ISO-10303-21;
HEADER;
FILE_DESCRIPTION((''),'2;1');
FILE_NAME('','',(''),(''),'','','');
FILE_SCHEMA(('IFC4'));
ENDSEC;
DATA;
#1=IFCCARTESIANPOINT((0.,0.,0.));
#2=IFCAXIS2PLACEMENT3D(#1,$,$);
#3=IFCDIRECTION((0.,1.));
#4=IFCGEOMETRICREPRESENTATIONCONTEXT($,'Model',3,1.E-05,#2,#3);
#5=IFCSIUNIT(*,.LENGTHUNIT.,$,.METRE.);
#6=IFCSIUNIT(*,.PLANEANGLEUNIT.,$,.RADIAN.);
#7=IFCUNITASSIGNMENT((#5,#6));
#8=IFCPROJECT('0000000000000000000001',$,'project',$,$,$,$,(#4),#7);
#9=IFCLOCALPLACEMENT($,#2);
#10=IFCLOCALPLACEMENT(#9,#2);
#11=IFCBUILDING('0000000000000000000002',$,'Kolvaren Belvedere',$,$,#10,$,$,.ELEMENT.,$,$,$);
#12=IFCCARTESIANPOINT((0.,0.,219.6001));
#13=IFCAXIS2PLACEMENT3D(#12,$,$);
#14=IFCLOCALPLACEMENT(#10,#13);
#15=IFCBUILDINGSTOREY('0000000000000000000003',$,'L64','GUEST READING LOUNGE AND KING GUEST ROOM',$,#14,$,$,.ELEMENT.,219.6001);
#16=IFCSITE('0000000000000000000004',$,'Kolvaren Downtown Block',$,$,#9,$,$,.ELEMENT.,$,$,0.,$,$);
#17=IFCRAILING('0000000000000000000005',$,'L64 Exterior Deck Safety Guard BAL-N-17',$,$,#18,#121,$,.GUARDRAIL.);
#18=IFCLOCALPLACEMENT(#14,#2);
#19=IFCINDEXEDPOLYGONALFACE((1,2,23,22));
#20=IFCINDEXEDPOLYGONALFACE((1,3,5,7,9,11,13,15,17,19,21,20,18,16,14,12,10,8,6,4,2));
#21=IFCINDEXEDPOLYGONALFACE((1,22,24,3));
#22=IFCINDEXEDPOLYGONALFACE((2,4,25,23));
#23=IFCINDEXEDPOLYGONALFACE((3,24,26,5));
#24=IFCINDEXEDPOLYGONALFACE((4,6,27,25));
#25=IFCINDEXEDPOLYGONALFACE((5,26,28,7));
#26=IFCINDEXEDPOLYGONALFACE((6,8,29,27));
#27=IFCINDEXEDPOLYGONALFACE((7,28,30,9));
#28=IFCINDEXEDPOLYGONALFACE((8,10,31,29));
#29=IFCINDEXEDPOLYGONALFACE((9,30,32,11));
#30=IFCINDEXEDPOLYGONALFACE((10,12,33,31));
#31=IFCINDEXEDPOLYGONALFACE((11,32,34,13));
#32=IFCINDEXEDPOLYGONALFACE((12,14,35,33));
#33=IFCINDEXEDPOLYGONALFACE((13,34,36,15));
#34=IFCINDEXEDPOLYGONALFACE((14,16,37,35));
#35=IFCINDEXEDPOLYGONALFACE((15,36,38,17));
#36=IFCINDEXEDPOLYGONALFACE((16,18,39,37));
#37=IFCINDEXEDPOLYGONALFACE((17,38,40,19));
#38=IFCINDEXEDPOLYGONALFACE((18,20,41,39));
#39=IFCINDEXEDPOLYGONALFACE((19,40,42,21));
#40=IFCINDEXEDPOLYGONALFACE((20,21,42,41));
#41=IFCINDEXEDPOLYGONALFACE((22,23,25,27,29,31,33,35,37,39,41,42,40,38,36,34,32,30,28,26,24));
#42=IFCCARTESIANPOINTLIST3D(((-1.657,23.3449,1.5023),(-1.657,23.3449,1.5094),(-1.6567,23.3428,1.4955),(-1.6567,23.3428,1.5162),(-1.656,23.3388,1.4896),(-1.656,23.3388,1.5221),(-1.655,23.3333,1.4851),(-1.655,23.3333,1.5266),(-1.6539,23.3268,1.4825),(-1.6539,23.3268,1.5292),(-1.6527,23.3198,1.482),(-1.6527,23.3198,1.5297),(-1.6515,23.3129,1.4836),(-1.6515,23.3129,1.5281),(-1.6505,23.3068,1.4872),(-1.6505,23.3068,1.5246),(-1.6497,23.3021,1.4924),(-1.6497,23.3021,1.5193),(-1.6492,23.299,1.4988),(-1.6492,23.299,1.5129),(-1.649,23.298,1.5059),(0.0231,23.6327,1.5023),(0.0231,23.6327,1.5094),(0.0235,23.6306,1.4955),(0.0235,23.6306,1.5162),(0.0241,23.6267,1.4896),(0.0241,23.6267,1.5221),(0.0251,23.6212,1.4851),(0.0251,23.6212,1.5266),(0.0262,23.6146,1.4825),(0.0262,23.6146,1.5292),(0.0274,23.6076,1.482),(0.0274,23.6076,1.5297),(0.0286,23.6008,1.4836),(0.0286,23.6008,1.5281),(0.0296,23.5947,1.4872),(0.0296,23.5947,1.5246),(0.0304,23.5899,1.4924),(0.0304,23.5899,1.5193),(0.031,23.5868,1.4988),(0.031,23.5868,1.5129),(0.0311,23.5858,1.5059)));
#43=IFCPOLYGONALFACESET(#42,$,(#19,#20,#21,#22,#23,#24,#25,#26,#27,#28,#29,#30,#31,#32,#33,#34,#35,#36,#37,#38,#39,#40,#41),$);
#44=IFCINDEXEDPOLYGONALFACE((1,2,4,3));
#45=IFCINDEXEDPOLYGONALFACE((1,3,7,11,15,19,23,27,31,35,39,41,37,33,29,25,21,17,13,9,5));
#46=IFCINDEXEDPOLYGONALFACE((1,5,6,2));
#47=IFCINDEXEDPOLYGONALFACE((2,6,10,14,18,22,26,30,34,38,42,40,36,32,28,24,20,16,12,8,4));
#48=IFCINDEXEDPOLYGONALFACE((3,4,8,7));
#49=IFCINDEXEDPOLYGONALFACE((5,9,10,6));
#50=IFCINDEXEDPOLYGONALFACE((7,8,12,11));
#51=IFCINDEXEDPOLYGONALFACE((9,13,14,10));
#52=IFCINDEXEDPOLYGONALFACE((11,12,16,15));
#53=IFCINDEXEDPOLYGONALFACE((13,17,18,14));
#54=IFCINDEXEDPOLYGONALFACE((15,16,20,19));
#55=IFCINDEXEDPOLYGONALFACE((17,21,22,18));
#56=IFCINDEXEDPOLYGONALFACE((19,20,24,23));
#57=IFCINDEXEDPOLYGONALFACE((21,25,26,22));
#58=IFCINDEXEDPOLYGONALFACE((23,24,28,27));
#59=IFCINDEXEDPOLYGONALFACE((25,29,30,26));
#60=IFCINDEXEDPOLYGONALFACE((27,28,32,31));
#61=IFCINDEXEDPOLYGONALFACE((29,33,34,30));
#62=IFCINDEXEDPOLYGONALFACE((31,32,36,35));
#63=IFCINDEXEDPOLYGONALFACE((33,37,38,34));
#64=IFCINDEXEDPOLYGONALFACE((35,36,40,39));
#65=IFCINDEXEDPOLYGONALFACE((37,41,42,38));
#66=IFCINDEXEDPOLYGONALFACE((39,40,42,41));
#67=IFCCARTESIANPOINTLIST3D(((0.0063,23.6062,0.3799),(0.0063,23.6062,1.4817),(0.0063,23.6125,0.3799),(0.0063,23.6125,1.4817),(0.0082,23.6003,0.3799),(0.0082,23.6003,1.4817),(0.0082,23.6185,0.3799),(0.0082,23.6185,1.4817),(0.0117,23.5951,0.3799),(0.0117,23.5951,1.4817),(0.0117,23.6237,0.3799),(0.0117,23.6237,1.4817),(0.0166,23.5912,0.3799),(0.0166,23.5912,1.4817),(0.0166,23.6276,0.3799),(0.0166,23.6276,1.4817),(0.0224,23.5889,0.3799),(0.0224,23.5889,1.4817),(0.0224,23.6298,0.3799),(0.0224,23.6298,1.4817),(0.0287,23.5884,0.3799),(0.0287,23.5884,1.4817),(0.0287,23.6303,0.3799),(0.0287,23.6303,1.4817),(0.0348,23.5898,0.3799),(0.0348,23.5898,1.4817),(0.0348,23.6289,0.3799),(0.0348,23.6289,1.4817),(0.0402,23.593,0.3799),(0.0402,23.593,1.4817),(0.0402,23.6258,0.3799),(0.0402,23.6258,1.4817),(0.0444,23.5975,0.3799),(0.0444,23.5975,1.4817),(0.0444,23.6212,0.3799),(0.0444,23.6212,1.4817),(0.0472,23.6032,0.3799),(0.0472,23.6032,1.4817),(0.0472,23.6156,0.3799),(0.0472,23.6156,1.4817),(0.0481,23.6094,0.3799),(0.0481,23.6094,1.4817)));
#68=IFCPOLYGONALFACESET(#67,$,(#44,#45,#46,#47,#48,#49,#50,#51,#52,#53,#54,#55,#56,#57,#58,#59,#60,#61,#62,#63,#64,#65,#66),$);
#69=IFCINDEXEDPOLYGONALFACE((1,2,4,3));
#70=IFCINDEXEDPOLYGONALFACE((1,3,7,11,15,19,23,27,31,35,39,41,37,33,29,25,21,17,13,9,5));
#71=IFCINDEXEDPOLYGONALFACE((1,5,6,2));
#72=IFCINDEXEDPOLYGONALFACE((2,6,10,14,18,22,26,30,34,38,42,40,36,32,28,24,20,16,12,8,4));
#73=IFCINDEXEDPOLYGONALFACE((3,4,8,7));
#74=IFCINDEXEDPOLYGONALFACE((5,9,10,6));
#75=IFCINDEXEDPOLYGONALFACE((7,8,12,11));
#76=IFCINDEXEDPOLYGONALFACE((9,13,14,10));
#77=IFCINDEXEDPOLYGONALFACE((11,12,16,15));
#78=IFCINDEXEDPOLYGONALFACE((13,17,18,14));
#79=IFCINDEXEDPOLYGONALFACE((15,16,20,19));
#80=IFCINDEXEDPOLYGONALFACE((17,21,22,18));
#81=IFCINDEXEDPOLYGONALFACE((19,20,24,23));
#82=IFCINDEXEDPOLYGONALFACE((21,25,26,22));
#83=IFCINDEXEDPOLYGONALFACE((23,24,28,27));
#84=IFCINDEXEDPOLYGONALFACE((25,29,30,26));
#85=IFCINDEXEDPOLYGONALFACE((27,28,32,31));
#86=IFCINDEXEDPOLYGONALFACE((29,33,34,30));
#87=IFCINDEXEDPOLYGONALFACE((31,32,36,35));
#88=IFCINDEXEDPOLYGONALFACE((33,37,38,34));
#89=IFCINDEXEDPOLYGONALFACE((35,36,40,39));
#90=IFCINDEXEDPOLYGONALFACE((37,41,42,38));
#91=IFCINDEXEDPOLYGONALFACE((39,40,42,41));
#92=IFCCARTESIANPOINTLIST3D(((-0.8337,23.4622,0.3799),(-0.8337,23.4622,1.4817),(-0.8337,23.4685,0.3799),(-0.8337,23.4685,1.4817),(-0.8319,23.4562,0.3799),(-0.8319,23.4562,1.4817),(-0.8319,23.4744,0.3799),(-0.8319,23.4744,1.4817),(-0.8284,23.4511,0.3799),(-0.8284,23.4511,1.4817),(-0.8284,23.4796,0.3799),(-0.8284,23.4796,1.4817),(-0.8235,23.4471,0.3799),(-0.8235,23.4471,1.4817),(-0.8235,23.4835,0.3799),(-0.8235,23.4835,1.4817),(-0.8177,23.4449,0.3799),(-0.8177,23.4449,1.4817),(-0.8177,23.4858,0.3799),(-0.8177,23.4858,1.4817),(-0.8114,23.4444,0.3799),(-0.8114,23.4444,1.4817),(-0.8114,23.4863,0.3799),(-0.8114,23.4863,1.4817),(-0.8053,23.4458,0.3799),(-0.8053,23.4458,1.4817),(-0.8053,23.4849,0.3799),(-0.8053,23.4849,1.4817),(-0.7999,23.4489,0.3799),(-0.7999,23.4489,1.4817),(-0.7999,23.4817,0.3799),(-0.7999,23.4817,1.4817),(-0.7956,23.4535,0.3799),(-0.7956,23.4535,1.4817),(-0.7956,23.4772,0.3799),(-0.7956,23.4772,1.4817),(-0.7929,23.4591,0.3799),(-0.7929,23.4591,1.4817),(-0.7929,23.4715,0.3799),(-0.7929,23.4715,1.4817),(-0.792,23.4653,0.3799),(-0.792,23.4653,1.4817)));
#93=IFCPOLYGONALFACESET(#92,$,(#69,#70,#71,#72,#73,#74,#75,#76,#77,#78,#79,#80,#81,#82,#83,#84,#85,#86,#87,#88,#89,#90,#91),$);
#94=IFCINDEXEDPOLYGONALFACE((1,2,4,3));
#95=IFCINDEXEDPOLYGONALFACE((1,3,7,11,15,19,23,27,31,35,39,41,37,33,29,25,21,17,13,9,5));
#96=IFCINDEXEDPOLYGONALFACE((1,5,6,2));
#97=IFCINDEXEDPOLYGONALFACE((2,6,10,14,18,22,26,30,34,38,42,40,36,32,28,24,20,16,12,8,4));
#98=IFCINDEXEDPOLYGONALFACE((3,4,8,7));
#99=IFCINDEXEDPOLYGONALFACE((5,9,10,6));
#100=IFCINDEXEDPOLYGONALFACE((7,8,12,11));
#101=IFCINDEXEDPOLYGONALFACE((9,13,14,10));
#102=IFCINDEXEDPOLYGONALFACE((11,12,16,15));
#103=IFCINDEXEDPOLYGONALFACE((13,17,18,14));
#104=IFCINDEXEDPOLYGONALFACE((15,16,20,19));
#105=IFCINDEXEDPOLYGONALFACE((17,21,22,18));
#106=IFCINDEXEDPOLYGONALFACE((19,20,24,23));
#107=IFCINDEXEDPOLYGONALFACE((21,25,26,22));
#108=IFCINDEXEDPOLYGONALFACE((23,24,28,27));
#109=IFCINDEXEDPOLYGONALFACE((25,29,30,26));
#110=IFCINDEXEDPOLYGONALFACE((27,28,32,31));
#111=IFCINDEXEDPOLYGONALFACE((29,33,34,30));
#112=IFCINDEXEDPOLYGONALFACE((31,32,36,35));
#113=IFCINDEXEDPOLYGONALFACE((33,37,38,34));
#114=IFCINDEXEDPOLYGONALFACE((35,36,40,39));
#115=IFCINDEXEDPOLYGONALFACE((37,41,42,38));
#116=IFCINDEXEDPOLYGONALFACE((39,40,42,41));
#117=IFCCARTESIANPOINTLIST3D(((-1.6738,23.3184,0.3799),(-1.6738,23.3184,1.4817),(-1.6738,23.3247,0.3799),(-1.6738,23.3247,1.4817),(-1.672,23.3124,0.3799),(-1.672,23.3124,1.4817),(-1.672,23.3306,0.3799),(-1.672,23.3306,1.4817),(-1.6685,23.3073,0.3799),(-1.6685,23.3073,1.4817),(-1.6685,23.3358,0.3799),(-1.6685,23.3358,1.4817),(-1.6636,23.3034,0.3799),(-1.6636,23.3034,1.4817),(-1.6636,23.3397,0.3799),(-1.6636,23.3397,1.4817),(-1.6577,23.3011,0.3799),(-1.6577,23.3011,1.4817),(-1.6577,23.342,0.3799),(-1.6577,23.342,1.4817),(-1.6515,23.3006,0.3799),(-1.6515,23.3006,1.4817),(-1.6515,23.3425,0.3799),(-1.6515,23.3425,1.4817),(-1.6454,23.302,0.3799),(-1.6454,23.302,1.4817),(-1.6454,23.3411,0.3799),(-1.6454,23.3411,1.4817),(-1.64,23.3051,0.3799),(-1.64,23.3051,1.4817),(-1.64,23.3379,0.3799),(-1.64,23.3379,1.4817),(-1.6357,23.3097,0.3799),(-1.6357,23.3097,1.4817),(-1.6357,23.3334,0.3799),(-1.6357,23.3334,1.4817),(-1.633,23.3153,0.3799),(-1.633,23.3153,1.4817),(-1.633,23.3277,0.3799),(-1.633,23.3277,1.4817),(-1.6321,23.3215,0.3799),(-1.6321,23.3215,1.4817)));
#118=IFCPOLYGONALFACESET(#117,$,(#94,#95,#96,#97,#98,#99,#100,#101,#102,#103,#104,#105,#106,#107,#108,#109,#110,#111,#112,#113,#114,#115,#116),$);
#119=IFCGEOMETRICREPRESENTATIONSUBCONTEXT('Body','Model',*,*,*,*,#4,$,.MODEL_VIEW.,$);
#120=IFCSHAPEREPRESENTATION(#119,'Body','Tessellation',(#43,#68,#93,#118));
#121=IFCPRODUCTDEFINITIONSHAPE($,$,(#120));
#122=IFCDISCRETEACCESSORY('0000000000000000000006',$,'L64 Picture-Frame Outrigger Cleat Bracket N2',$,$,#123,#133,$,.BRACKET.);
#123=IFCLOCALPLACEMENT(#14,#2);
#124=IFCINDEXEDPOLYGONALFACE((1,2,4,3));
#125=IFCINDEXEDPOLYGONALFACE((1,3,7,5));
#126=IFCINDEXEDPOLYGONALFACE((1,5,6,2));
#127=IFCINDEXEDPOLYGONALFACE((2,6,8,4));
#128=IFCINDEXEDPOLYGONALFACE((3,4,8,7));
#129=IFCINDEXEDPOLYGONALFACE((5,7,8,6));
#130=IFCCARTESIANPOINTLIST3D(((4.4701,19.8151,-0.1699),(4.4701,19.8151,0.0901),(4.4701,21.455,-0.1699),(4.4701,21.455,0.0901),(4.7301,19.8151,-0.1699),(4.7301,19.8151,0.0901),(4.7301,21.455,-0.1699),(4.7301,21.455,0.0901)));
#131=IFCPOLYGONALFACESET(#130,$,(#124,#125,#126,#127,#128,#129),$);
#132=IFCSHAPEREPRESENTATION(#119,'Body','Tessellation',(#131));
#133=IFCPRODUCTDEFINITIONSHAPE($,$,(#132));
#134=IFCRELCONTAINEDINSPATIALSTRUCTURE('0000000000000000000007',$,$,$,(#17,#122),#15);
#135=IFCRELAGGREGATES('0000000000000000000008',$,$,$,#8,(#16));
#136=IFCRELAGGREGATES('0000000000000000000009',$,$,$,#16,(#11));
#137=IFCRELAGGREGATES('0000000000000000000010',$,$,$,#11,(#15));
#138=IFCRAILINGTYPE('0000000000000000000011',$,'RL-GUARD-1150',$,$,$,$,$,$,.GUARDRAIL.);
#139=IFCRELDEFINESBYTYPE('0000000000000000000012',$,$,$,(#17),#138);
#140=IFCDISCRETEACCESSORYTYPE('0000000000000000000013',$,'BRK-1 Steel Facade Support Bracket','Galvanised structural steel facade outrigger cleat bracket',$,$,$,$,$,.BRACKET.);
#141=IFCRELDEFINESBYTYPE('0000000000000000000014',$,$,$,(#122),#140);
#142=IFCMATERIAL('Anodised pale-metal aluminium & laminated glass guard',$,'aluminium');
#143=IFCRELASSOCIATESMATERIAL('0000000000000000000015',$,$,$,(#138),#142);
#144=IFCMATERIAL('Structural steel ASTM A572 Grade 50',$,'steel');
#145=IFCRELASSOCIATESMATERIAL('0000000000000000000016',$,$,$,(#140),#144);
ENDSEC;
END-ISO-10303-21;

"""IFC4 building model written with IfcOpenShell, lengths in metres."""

from ifc_helpers import new_model, si_unit, direction, frame, origin, origin_2d, place, context, subcontext, project, spatial, rectangle, circle, extrude, material, type_object, element, save


model = new_model("IFC4")

# Units and contexts
model_context = context("Model", 3, precision=1e-05, world=origin(), true_north=direction((0.0, 1.0)))
body_context = subcontext(model_context, "Body", "Model", "MODEL_VIEW")
ifc_project = project(units=[si_unit("LENGTHUNIT", "METRE"), si_unit("PLANEANGLEUNIT", "RADIAN")], contexts=[model_context])

# Site, building, storey
site_placement = place(None, origin())
site = spatial("IfcSite", under=ifc_project, at=site_placement, Name="Kolvaren Downtown Block", CompositionType="ELEMENT", RefElevation=0.0)
building_placement = place(site_placement, origin())
building = spatial("IfcBuilding", under=site, at=building_placement, Name="Kolvaren Belvedere", CompositionType="ELEMENT")
storey_placement = place(building_placement, frame((0.0, 0.0, 219.6001)))
storey = spatial("IfcBuildingStorey", under=building, at=storey_placement, Name="L64", Description="GUEST READING LOUNGE AND KING GUEST ROOM", CompositionType="ELEMENT", Elevation=219.6001)

# Railing
ifc_material_1 = material(Name="Anodised pale-metal aluminium & laminated glass guard", Category="aluminium")
railing_type = type_object("IfcRailingType", Name="RL-GUARD-1150", PredefinedType="GUARDRAIL", material=ifc_material_1)
railing_1_placement = place(storey_placement, frame((0.0271, 23.6094, 0.3799)))
element("IfcRailing", 1, at=railing_1_placement, inside=storey, type_object=railing_type, Name="L64 Exterior Deck Safety Guard BAL-N-17", PredefinedType="GUARDRAIL", context=body_context, shape_type="SweptSolid", body=[
    extrude(circle(Radius=0.0239, at=origin_2d()), frame((0.0, 0.0, 1.126), z_axis=(-0.985641, -0.168856, 0.0), x_axis=(0.168856, -0.985641, 0.0)), (0.0, 0.0, 1.0), 1.7046),
    extrude(circle(Radius=0.021, at=origin_2d()), origin(), (0.0, 0.0, 1.0), 1.1018),
    extrude(circle(Radius=0.021, at=origin_2d()), frame((-0.8401, -0.144, 0.0)), (0.0, 0.0, 1.0), 1.1018),
    extrude(circle(Radius=0.021, at=origin_2d()), frame((-1.6802, -0.2878, 0.0)), (0.0, 0.0, 1.0), 1.1018),
])

# Discrete accessory
ifc_material_2 = material(Name="Structural steel ASTM A572 Grade 50", Category="steel")
discrete_accessory_type = type_object("IfcDiscreteAccessoryType", Name="BRK-1 Steel Facade Support Bracket", Description="Galvanised structural steel facade outrigger cleat bracket", PredefinedType="BRACKET", material=ifc_material_2)
discrete_accessory_placement = place(storey_placement, frame((4.6001, 20.635, -0.1699), z_axis=(0.0, 0.0, 1.0), x_axis=(0.0, 1.0, 0.0)))
element("IfcDiscreteAccessory", 2, at=discrete_accessory_placement, inside=storey, type_object=discrete_accessory_type, Name="L64 Picture-Frame Outrigger Cleat Bracket N2", PredefinedType="BRACKET", context=body_context, shape_type="SweptSolid", body=[
    extrude(rectangle(XDim=1.6399, YDim=0.26, at=origin_2d()), origin(), (0.0, 0.0, 1.0), 0.26),
])

save(model, "model.ifc")
